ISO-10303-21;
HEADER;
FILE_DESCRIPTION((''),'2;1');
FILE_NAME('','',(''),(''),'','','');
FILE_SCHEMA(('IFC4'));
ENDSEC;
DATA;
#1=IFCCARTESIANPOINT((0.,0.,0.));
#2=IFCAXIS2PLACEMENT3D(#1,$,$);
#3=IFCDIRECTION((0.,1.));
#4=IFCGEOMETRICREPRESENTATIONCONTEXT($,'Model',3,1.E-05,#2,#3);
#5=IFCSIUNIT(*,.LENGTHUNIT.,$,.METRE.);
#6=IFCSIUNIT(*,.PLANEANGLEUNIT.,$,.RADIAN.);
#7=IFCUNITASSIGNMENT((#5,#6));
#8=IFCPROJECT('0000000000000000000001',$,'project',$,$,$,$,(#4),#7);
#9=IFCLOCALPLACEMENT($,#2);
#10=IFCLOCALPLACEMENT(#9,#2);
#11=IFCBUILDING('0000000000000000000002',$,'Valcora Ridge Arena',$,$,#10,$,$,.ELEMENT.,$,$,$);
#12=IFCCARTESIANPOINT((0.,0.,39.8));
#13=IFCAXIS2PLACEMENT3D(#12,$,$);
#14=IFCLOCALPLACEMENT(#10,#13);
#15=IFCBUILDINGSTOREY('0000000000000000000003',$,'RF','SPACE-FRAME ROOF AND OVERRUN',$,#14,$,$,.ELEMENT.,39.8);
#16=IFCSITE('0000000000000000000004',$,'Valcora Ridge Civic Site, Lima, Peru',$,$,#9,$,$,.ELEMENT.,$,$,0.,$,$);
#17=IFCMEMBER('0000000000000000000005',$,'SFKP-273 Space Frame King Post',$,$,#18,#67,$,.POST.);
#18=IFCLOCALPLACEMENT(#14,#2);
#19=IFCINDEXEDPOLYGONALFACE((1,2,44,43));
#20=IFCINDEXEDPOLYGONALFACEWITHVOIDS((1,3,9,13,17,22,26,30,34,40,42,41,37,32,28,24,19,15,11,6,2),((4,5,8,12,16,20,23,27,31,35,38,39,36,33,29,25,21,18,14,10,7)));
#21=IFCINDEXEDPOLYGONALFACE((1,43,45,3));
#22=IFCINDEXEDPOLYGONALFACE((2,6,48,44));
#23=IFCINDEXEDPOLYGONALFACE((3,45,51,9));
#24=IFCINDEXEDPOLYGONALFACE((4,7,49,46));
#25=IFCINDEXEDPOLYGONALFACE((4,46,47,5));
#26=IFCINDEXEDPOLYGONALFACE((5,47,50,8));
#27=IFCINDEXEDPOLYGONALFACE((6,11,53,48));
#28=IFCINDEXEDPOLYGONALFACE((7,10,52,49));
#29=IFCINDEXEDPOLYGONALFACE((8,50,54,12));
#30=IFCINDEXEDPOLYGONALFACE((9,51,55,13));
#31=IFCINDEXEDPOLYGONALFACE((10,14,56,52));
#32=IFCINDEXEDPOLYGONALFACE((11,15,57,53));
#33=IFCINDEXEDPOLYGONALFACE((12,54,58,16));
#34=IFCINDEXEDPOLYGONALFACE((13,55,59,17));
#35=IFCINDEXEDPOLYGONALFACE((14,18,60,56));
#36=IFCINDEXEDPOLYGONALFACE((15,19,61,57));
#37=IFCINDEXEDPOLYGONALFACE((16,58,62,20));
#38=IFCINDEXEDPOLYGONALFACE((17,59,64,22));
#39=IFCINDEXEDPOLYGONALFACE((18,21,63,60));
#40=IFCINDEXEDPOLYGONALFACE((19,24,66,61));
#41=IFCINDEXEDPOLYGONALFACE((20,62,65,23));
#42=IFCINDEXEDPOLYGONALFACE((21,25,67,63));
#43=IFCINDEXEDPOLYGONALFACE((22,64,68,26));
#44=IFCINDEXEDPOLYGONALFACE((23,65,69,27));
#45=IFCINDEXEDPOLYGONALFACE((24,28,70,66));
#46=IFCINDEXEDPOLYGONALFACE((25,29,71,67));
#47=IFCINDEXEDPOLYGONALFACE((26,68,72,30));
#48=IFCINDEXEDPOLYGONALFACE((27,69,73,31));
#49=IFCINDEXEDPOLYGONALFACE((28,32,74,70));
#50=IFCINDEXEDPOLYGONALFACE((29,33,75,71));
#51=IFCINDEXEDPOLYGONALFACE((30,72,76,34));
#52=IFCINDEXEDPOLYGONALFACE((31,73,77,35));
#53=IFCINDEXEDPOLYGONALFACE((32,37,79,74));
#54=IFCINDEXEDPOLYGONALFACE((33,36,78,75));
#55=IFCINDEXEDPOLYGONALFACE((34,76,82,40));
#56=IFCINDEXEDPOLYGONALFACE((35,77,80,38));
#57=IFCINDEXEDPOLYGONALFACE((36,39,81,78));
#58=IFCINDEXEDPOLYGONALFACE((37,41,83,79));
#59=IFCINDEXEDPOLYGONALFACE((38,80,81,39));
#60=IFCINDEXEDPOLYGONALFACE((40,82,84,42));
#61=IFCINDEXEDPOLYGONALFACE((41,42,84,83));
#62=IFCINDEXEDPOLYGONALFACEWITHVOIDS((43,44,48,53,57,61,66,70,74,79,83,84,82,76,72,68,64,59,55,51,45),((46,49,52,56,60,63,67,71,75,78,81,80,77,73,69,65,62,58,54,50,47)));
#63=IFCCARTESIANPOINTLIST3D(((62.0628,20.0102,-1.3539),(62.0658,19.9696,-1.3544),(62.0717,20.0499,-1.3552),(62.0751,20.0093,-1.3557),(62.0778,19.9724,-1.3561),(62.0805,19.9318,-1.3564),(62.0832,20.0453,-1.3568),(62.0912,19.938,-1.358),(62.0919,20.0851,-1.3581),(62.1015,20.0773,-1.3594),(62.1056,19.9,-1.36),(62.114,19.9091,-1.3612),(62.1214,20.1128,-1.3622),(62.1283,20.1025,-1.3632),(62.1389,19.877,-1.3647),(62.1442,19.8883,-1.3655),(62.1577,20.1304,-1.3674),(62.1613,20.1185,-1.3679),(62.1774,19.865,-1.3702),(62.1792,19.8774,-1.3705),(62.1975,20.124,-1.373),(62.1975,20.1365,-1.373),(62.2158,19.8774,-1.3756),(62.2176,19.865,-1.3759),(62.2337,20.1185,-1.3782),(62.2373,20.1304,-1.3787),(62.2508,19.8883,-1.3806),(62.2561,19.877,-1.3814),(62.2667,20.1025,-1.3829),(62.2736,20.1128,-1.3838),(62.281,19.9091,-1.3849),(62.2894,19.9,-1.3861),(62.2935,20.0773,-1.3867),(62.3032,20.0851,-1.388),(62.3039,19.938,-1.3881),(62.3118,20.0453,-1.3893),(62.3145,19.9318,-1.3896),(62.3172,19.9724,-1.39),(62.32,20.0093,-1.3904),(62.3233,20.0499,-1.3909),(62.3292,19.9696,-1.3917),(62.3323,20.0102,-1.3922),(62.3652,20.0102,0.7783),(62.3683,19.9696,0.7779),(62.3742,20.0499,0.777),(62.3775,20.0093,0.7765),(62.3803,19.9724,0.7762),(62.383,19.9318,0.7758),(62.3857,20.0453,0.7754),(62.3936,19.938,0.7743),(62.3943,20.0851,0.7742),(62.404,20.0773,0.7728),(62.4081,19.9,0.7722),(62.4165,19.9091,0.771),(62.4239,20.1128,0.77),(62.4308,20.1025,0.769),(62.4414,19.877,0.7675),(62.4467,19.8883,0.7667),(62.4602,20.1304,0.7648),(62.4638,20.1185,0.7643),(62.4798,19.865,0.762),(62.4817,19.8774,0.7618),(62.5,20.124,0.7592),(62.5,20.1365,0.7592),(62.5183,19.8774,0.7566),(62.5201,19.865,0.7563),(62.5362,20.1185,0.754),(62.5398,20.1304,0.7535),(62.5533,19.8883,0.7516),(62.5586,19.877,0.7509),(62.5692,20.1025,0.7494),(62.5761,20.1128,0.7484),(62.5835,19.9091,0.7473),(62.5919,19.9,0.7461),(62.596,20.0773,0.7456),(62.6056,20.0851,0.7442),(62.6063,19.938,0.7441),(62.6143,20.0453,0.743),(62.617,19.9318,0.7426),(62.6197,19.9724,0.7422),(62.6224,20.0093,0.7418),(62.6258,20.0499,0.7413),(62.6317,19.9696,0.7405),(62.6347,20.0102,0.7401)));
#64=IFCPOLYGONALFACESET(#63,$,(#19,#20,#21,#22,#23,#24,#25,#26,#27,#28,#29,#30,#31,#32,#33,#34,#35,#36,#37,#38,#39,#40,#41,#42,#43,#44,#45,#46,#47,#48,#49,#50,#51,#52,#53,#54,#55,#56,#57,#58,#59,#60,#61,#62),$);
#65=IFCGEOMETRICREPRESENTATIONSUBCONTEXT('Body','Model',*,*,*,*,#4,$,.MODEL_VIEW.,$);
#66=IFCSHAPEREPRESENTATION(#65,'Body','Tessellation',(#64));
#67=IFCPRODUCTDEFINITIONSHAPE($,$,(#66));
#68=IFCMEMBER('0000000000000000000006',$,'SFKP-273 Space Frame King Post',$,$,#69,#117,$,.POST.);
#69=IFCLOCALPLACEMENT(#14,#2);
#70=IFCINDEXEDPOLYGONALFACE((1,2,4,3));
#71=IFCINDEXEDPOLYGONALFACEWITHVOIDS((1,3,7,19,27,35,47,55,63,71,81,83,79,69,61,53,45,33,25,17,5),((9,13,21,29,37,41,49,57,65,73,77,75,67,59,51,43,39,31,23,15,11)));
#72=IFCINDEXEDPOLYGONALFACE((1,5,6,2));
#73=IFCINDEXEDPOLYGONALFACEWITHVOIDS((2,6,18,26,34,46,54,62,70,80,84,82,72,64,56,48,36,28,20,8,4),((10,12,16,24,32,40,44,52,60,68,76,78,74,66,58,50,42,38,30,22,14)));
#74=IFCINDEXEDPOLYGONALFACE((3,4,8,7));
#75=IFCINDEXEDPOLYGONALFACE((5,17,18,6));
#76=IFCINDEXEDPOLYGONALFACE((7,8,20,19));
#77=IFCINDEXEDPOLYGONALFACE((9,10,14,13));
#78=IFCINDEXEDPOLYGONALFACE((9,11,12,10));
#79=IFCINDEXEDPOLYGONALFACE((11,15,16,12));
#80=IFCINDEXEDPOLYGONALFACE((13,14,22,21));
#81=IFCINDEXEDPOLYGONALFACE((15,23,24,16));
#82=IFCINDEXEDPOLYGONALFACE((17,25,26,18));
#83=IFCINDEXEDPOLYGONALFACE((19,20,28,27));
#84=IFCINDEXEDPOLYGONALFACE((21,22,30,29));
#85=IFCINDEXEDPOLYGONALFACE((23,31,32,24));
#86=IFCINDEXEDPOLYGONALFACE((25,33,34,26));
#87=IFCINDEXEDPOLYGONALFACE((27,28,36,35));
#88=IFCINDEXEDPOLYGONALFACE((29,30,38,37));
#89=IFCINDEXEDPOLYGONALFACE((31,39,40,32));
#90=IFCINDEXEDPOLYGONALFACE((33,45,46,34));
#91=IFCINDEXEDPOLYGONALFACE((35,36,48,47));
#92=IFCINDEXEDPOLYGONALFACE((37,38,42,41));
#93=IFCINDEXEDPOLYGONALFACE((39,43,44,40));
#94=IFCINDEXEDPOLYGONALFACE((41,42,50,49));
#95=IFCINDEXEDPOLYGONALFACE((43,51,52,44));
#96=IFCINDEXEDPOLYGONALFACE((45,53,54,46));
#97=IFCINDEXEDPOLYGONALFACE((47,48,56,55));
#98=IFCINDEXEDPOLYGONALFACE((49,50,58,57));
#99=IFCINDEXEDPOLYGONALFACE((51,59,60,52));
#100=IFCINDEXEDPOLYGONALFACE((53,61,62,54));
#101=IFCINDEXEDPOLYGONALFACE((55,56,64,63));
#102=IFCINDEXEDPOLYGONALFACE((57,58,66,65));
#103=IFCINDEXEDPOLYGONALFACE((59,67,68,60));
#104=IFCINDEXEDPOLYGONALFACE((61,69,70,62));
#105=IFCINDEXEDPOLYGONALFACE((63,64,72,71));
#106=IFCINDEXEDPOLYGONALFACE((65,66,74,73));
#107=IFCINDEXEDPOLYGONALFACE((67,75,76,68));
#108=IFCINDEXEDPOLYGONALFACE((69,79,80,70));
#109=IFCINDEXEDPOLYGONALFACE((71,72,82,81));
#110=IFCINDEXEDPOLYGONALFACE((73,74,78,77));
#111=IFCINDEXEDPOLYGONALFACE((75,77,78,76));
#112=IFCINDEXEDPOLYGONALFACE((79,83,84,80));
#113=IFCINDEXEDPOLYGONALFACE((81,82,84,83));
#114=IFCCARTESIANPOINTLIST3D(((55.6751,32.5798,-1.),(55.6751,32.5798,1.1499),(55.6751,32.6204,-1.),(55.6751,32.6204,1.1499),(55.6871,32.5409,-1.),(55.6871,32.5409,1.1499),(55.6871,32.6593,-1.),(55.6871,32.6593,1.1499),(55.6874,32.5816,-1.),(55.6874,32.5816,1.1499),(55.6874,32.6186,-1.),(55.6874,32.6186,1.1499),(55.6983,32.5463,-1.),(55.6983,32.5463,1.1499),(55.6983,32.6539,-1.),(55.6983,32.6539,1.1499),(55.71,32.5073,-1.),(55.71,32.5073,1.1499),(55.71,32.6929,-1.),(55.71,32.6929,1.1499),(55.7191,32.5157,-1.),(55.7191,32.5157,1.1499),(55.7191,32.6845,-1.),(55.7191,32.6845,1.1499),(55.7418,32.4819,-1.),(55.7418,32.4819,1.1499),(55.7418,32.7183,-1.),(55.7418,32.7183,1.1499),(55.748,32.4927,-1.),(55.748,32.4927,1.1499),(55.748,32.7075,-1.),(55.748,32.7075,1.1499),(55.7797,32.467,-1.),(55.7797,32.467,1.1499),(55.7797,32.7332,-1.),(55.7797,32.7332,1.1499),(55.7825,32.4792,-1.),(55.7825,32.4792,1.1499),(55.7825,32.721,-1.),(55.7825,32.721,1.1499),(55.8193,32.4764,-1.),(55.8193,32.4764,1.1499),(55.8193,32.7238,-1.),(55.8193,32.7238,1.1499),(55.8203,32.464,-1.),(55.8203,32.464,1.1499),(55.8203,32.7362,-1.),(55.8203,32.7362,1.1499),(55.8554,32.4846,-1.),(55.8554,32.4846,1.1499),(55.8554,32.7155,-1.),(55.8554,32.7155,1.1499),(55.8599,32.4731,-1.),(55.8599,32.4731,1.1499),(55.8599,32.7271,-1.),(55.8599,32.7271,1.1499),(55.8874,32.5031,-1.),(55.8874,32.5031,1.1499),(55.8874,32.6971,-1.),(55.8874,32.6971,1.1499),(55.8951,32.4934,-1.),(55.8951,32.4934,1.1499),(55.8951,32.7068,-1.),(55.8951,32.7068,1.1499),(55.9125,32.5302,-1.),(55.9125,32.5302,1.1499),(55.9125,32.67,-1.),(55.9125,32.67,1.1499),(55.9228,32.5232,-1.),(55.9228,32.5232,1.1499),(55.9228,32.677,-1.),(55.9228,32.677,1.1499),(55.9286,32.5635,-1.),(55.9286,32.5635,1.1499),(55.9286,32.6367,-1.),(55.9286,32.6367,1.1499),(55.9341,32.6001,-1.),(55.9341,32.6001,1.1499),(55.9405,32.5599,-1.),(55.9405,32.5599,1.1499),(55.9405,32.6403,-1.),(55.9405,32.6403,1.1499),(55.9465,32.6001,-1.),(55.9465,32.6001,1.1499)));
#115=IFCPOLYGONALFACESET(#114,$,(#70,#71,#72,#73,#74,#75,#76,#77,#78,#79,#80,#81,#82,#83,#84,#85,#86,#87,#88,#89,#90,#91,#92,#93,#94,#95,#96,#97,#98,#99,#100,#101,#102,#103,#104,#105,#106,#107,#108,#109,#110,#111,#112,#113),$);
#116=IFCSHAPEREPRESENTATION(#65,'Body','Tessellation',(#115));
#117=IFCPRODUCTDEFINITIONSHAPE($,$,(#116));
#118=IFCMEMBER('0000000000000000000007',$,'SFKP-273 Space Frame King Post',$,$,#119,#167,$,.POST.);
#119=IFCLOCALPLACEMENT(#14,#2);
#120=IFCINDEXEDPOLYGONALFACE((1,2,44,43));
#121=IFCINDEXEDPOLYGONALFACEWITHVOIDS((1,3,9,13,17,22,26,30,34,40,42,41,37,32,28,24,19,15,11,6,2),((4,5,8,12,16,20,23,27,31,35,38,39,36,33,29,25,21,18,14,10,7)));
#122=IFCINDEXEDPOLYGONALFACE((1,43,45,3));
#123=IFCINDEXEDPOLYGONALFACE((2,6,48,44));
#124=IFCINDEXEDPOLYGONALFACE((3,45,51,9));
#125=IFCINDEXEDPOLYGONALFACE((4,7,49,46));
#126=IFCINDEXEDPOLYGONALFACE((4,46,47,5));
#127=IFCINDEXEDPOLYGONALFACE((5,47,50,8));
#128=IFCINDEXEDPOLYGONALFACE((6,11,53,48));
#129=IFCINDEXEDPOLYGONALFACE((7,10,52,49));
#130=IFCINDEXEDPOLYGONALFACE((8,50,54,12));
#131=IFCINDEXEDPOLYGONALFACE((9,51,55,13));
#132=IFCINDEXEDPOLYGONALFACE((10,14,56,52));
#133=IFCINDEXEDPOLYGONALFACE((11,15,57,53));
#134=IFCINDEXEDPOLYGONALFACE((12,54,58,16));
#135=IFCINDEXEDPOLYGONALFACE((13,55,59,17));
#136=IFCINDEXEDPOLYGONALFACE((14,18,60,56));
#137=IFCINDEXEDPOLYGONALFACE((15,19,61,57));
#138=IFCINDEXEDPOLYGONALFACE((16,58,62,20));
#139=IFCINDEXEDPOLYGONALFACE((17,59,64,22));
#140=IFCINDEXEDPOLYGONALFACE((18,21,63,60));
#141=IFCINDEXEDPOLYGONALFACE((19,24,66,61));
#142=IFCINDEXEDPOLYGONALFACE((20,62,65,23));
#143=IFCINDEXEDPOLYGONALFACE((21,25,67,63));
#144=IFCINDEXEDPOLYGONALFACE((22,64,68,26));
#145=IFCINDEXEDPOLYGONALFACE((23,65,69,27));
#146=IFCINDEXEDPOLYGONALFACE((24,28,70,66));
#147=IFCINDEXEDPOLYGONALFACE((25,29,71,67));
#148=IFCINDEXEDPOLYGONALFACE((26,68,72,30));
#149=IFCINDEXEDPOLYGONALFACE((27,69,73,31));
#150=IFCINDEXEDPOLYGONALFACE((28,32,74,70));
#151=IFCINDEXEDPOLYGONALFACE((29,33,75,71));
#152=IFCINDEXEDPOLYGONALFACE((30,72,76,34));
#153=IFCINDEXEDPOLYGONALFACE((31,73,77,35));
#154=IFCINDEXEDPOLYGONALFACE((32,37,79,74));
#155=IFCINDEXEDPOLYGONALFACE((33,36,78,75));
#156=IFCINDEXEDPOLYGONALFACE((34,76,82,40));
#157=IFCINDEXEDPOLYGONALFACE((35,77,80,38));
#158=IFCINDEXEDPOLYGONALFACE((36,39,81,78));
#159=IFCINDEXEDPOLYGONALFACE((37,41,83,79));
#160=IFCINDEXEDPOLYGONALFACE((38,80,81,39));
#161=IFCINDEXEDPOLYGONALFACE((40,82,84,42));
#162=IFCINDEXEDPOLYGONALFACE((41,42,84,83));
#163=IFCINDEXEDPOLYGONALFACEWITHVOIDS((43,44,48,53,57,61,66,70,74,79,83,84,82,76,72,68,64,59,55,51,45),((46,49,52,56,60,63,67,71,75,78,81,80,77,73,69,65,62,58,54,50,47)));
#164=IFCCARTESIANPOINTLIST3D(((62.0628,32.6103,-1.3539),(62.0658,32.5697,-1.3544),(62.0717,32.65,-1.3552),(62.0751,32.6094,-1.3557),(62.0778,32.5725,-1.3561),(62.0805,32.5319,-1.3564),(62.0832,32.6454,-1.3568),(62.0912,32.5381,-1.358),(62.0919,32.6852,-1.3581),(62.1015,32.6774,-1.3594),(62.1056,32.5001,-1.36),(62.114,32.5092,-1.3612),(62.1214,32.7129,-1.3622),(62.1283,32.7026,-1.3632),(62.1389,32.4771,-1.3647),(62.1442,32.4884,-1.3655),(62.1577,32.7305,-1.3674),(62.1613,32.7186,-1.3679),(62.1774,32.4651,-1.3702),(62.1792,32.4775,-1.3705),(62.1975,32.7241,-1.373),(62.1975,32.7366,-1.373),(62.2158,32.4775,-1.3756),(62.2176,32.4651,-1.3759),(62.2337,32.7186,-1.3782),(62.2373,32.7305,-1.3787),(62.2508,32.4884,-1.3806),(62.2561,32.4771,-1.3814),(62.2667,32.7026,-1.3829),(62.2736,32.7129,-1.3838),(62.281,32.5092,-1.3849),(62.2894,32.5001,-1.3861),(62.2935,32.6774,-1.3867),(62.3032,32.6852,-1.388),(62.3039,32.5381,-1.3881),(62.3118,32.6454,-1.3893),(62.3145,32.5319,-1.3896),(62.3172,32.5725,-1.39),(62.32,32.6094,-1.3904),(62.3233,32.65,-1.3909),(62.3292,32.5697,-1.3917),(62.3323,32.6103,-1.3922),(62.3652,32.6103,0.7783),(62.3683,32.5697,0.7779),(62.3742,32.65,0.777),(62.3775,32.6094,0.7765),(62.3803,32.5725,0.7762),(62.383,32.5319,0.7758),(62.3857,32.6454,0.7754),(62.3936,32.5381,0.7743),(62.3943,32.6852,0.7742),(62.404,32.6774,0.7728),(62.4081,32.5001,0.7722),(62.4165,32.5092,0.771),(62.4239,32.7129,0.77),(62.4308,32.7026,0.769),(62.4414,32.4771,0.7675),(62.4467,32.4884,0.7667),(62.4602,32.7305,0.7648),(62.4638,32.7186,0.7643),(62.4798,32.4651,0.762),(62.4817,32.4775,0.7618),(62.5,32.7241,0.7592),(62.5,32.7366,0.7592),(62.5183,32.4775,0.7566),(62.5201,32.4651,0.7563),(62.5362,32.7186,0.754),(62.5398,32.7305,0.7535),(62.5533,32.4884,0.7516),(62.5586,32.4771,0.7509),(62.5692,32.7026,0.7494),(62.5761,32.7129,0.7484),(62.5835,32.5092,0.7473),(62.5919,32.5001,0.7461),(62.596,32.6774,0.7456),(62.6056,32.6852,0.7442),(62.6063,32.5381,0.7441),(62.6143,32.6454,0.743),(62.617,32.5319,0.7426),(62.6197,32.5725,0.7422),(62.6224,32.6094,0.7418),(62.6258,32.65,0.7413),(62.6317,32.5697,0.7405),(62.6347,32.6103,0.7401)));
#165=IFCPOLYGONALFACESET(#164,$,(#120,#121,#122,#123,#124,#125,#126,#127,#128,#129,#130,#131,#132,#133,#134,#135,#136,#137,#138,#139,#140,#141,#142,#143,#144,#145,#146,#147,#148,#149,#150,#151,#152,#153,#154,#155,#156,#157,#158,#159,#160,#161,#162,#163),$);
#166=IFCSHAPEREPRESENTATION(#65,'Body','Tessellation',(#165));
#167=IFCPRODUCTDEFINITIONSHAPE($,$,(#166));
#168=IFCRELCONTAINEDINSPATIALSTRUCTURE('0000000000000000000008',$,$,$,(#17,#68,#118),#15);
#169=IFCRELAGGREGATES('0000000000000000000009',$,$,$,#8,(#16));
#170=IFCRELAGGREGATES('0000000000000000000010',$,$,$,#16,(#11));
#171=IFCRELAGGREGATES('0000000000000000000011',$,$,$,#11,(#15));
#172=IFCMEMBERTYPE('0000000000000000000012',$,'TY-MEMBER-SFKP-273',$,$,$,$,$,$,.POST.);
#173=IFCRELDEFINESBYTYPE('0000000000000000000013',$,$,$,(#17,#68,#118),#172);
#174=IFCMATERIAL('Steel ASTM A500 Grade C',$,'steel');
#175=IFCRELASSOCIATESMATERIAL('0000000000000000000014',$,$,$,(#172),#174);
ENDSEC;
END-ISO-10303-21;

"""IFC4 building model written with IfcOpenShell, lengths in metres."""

from ifc_helpers import new_model, si_unit, direction, frame, origin, origin_2d, place, context, subcontext, project, spatial, hollow_circle, extrude, material, material_profile, profile_set, type_object, element, save


model = new_model("IFC4")

# Units and contexts
model_context = context("Model", 3, precision=1e-05, world=origin(), true_north=direction((0.0, 1.0)))
body_context = subcontext(model_context, "Body", "Model", "MODEL_VIEW")
ifc_project = project(units=[si_unit("LENGTHUNIT", "METRE"), si_unit("PLANEANGLEUNIT", "RADIAN")], contexts=[model_context])

# Site, building, storey
site_placement = place(None, origin())
site = spatial("IfcSite", under=ifc_project, at=site_placement, Name="Valcora Ridge Civic Site, Lima, Peru", CompositionType="ELEMENT", RefElevation=0.0)
building_placement = place(site_placement, origin())
building = spatial("IfcBuilding", under=site, at=building_placement, Name="Valcora Ridge Arena", CompositionType="ELEMENT")
storey_placement = place(building_placement, frame((0.0, 0.0, 39.8)))
storey = spatial("IfcBuildingStorey", under=building, at=storey_placement, Name="RF", Description="SPACE-FRAME ROOF AND OVERRUN", CompositionType="ELEMENT", Elevation=39.8)

# Members
ifc_material_1 = material(Name="Steel ASTM A500 Grade C", Category="steel")
ifc_material_profile_1 = material_profile(ifc_material_1, hollow_circle(Radius=0.1365, WallThickness=0.0125, at=origin_2d()), Name="CHS273X12")
ifc_profile_set_1 = profile_set([ifc_material_profile_1], Name="Steel ASTM A500 Grade C")
member_type_1 = type_object("IfcMemberType", Name="TY-MEMBER-SFKP-273", PredefinedType="POST", material=ifc_profile_set_1)
member_1_placement = place(storey_placement, frame((62.1975, 20.0, -1.373), z_axis=(0.140453, 0.0, 0.990087), x_axis=(0.0, 1.0, 0.0)))
element("IfcMember", 1, at=member_1_placement, inside=storey, type_object=member_type_1, Name="SFKP-273 Space Frame King Post", PredefinedType="POST", context=body_context, shape_type="SweptSolid", body=[
    extrude(hollow_circle(Radius=0.1365, WallThickness=0.0125, at=origin_2d()), origin(), (0.0, 0.0, 1.0), 2.1536),
])
member_2_placement = place(storey_placement, frame((55.8101, 32.6001, -1.0), z_axis=(0.0, 0.0, 1.0), x_axis=(1.0, 0.0, 0.0)))
element("IfcMember", 2, at=member_2_placement, inside=storey, type_object=member_type_1, Name="SFKP-273 Space Frame King Post", PredefinedType="POST", context=body_context, shape_type="SweptSolid", body=[
    extrude(hollow_circle(Radius=0.1365, WallThickness=0.0125, at=origin_2d()), origin(), (0.0, 0.0, 1.0), 2.1499),
])
member_3_placement = place(storey_placement, frame((62.1975, 32.6001, -1.373), z_axis=(0.140453, 0.0, 0.990087), x_axis=(0.0, 1.0, 0.0)))
element("IfcMember", 3, at=member_3_placement, inside=storey, type_object=member_type_1, Name="SFKP-273 Space Frame King Post", PredefinedType="POST", context=body_context, shape_type="SweptSolid", body=[
    extrude(hollow_circle(Radius=0.1365, WallThickness=0.0125, at=origin_2d()), origin(), (0.0, 0.0, 1.0), 2.1536),
])

save(model, "model.ifc")
